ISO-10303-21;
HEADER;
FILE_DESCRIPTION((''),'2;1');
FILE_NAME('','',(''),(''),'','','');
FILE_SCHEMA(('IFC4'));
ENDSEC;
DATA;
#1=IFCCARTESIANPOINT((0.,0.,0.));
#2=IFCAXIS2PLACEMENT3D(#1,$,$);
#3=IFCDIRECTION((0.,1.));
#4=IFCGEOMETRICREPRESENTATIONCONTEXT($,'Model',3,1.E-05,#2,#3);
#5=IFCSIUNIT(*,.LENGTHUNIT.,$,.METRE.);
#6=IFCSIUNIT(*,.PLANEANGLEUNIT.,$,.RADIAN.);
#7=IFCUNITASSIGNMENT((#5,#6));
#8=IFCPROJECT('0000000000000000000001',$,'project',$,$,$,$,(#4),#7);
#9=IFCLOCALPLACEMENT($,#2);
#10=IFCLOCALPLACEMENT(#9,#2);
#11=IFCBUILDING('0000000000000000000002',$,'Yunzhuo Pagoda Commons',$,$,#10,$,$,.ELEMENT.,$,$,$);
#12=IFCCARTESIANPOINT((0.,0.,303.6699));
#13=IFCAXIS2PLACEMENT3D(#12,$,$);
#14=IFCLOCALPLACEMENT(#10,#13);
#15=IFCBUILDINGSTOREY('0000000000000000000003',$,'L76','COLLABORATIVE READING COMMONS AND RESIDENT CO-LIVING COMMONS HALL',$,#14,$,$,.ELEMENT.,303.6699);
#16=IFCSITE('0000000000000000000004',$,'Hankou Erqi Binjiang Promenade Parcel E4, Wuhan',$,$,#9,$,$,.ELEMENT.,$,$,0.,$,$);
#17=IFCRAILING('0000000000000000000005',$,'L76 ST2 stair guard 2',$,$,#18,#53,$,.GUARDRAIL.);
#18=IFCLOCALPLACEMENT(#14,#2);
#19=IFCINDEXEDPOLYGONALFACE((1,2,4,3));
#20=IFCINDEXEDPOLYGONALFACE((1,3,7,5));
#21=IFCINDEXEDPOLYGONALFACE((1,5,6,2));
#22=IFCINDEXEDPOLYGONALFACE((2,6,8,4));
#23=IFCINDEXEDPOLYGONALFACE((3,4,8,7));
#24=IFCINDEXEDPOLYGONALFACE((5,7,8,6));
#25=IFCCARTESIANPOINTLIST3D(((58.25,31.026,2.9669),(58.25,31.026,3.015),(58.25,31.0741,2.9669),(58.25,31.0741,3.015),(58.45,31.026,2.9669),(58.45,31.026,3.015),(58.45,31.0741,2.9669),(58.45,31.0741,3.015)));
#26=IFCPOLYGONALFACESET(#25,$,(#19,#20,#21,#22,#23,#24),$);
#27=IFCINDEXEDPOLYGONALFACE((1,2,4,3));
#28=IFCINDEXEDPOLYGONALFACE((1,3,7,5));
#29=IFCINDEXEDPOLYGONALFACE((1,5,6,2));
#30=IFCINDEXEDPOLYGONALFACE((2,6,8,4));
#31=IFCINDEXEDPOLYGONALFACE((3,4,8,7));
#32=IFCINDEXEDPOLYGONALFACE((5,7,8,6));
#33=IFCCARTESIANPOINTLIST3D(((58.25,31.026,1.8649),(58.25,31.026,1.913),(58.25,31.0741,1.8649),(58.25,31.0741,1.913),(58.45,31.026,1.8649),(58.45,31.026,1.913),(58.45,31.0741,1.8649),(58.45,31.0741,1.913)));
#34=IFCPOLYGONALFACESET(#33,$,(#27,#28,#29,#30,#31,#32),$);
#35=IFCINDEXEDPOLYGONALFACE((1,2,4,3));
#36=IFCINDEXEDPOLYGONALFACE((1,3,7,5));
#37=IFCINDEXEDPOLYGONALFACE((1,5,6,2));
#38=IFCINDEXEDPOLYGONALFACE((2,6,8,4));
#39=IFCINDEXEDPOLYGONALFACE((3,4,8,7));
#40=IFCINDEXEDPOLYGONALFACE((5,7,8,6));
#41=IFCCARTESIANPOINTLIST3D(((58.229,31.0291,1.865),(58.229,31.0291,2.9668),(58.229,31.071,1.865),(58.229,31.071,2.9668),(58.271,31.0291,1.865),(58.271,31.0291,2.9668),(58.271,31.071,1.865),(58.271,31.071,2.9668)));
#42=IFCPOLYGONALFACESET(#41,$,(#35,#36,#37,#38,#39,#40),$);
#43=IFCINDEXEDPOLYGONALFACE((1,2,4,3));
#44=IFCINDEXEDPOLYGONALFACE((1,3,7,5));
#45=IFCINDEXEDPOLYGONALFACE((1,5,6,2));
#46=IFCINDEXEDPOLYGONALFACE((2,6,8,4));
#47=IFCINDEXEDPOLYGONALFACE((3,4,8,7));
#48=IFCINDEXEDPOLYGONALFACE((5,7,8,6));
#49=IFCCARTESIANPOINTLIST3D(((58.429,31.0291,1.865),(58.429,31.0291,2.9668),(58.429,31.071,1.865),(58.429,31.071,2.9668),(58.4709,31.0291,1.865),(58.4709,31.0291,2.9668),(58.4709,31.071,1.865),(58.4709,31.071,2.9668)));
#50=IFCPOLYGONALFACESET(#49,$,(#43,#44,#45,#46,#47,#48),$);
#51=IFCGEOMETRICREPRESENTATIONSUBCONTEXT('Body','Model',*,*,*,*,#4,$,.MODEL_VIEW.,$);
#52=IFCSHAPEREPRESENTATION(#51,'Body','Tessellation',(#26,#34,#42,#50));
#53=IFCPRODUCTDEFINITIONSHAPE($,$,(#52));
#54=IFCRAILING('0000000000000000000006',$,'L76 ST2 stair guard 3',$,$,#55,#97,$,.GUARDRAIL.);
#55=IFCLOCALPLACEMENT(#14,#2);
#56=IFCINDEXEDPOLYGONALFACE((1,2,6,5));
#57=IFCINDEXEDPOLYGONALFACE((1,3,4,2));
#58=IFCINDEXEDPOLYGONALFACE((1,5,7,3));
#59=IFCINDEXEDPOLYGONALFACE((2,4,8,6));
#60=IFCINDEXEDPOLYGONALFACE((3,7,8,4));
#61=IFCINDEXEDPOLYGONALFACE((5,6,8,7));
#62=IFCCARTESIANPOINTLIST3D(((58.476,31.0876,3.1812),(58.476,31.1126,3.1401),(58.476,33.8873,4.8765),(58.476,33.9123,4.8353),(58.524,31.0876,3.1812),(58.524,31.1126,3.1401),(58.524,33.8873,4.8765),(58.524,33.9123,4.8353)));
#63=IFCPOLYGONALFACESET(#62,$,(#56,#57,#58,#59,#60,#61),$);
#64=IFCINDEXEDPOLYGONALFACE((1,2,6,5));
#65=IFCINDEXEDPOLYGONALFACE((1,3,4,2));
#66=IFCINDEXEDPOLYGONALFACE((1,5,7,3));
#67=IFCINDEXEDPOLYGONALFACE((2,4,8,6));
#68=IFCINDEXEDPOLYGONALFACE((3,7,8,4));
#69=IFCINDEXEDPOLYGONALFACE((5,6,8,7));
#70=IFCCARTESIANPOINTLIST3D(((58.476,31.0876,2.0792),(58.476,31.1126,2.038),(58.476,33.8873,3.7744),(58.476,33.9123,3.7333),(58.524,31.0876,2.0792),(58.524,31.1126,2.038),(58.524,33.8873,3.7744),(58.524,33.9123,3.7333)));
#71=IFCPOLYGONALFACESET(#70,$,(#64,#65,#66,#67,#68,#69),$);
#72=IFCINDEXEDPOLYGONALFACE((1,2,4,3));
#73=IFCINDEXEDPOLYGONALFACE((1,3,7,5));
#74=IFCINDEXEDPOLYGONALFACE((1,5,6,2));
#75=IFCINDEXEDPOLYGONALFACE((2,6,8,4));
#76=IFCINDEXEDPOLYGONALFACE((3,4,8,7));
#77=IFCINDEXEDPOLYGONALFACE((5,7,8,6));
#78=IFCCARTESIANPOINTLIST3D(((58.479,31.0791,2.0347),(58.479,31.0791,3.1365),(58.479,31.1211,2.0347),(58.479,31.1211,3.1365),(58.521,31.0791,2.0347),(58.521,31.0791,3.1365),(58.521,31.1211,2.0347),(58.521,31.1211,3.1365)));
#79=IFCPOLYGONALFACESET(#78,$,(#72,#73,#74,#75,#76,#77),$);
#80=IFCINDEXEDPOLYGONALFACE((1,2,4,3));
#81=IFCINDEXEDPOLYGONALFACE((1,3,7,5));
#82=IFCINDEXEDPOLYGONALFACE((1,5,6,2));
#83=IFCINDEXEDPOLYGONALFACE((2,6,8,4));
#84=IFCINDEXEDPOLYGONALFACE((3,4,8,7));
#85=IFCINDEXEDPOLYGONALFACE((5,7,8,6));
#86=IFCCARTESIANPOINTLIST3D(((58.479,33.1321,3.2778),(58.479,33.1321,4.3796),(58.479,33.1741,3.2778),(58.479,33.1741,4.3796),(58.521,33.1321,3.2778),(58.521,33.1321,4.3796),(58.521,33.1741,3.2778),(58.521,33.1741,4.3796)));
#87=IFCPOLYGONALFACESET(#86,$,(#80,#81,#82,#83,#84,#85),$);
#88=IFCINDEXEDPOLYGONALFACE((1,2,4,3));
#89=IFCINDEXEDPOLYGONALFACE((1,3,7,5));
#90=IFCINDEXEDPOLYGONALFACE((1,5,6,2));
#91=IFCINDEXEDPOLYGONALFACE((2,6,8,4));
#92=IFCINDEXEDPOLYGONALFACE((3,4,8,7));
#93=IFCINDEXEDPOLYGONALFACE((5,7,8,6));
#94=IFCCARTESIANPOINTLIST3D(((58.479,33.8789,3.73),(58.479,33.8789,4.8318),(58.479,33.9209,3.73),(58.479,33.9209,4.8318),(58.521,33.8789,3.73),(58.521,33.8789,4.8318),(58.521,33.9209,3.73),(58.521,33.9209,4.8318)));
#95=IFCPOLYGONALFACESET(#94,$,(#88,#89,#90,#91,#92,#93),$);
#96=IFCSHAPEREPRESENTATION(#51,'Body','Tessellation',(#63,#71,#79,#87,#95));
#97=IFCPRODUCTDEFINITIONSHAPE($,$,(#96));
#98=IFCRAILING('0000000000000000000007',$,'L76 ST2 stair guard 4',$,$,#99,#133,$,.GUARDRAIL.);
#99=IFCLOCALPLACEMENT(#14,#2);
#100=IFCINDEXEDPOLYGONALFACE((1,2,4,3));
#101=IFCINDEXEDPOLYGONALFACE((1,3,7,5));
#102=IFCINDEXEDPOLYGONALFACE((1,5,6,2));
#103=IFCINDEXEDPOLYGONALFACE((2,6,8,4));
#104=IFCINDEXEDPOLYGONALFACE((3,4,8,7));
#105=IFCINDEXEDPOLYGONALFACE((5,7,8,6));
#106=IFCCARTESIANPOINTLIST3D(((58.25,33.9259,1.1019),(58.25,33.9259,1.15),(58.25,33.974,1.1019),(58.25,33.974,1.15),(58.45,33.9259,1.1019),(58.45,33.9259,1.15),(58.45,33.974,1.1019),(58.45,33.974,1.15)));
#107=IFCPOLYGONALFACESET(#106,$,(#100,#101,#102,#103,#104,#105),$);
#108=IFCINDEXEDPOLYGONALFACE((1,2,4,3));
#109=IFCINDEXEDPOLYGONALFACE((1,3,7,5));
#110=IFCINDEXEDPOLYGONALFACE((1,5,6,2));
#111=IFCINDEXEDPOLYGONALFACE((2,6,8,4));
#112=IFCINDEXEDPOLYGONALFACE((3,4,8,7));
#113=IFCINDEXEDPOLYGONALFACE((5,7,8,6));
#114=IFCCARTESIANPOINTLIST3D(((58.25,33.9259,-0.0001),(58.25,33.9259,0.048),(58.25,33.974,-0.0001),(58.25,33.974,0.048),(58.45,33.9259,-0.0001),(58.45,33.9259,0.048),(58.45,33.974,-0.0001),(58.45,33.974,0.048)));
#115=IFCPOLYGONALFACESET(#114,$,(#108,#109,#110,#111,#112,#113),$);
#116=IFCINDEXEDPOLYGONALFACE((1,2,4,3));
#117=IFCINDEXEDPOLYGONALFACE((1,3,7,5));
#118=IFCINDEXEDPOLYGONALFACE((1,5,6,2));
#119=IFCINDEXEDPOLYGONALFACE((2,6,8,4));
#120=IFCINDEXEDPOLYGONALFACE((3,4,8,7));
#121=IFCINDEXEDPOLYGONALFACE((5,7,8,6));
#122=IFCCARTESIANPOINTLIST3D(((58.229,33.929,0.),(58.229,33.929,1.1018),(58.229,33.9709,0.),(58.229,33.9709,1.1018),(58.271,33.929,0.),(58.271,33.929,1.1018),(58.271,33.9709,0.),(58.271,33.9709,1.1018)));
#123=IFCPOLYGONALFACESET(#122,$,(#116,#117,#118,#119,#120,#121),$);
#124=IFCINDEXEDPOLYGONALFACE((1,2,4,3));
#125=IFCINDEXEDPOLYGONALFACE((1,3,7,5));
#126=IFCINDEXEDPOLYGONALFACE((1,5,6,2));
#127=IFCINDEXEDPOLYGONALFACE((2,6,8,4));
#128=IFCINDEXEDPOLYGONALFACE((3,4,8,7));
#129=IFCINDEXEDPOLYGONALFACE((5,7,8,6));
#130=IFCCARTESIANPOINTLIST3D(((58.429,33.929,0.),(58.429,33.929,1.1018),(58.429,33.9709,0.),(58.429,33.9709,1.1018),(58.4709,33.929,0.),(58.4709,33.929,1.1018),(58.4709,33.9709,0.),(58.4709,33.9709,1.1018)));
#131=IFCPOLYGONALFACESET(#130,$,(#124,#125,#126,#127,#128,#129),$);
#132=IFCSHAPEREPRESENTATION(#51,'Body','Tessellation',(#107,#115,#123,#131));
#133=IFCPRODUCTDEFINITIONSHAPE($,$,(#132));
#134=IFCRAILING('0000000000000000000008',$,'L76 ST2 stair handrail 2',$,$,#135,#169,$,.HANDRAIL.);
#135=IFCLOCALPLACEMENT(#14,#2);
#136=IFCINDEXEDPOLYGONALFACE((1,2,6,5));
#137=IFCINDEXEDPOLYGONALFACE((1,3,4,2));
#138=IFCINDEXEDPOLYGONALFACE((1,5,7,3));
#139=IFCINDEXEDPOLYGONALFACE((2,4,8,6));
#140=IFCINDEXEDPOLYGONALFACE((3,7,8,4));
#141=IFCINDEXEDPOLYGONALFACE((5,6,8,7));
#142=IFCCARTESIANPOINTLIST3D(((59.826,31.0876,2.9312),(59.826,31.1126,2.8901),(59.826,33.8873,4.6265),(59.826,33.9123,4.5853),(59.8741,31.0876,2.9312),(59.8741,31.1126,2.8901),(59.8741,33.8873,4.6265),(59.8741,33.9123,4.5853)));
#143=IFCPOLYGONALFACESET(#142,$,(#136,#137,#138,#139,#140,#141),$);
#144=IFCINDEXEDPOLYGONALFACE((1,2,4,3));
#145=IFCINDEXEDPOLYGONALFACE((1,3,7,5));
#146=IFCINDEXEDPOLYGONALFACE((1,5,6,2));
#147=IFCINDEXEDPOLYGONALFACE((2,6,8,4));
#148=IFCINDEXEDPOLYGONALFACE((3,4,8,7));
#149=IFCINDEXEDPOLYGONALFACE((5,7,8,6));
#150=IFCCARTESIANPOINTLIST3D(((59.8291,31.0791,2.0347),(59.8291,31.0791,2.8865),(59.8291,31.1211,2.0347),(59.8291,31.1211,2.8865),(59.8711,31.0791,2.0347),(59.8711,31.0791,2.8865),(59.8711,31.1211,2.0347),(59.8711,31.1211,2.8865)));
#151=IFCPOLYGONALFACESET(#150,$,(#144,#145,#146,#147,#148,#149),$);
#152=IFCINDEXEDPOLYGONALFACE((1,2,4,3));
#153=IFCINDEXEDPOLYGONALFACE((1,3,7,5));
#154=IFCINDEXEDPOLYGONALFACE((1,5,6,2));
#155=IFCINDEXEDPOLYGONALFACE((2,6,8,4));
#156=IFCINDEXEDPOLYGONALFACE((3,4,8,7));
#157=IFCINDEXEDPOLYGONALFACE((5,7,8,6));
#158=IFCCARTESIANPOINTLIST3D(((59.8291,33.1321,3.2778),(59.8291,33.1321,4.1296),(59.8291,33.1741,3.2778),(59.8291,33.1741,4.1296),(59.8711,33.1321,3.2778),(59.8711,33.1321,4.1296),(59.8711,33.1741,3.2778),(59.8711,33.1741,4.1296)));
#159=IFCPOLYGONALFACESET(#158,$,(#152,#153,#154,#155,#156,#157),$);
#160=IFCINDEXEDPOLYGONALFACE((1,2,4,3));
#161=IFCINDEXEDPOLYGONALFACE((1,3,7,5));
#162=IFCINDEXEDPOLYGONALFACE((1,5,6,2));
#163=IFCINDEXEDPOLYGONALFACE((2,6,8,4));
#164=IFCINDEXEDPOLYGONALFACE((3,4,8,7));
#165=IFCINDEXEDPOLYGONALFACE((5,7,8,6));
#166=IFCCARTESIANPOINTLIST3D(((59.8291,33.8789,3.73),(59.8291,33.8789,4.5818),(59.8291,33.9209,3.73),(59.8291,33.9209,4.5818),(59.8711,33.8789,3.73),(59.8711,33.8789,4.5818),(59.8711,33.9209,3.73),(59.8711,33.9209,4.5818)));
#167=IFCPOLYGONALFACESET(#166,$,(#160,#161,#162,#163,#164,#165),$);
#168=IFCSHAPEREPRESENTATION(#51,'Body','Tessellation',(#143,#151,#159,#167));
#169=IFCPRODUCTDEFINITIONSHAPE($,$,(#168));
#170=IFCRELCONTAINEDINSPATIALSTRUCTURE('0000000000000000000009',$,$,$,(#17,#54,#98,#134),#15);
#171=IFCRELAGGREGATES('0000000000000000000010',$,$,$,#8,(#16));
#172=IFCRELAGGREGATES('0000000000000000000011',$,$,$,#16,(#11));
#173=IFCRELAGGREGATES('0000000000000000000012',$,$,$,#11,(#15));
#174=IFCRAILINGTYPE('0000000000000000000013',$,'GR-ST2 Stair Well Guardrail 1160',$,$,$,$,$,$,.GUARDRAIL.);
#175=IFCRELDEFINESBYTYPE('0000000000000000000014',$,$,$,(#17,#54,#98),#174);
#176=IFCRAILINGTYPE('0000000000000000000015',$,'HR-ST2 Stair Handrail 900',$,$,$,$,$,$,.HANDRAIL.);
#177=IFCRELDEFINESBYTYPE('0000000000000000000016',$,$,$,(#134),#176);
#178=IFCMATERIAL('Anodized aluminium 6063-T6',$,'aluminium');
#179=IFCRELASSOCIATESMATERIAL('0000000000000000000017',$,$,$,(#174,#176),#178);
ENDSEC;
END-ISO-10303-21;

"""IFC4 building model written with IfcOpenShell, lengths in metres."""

from ifc_helpers import new_model, si_unit, direction, frame, origin, origin_2d, place, context, subcontext, project, spatial, rectangle, extrude, material, type_object, element, save


model = new_model("IFC4")

# Units and contexts
model_context = context("Model", 3, precision=1e-05, world=origin(), true_north=direction((0.0, 1.0)))
body_context = subcontext(model_context, "Body", "Model", "MODEL_VIEW")
ifc_project = project(units=[si_unit("LENGTHUNIT", "METRE"), si_unit("PLANEANGLEUNIT", "RADIAN")], contexts=[model_context])

# Site, building, storey
site_placement = place(None, origin())
site = spatial("IfcSite", under=ifc_project, at=site_placement, Name="Hankou Erqi Binjiang Promenade Parcel E4, Wuhan", CompositionType="ELEMENT", RefElevation=0.0)
building_placement = place(site_placement, origin())
building = spatial("IfcBuilding", under=site, at=building_placement, Name="Yunzhuo Pagoda Commons", CompositionType="ELEMENT")
storey_placement = place(building_placement, frame((0.0, 0.0, 303.6699)))
storey = spatial("IfcBuildingStorey", under=building, at=storey_placement, Name="L76", Description="COLLABORATIVE READING COMMONS AND RESIDENT CO-LIVING COMMONS HALL", CompositionType="ELEMENT", Elevation=303.6699)

# Shared definitions
ifc_material_1 = material(Name="Anodized aluminium 6063-T6", Category="aluminium")

# Railings
railing_type_1 = type_object("IfcRailingType", Name="GR-ST2 Stair Well Guardrail 1160", PredefinedType="GUARDRAIL", material=ifc_material_1)
railing_1_placement = place(storey_placement, frame((58.25, 31.05, 1.865)))
element("IfcRailing", 1, at=railing_1_placement, inside=storey, type_object=railing_type_1, Name="L76 ST2 stair guard 2", PredefinedType="GUARDRAIL", context=body_context, shape_type="SweptSolid", body=[
    extrude(rectangle(XDim=0.0481, YDim=0.0481, at=origin_2d()), frame((0.0, 0.0, 1.126), z_axis=(1.0, 0.0, 0.0), x_axis=(0.0, 1.0, 0.0)), (0.0, 0.0, 1.0), 0.2),
    extrude(rectangle(XDim=0.0481, YDim=0.0481, at=origin_2d()), frame((0.0, 0.0, 0.0239), z_axis=(1.0, 0.0, 0.0), x_axis=(0.0, 1.0, 0.0)), (0.0, 0.0, 1.0), 0.2),
    extrude(rectangle(XDim=0.042, YDim=0.042, at=origin_2d()), origin(), (0.0, 0.0, 1.0), 1.1018),
    extrude(rectangle(XDim=0.042, YDim=0.042, at=origin_2d()), frame((0.2, 0.0, 0.0)), (0.0, 0.0, 1.0), 1.1018),
])
railing_2_placement = place(storey_placement, frame((58.5, 31.1001, 2.0347)))
element("IfcRailing", 2, at=railing_2_placement, inside=storey, type_object=railing_type_1, Name="L76 ST2 stair guard 3", PredefinedType="GUARDRAIL", context=body_context, shape_type="SweptSolid", body=[
    extrude(rectangle(XDim=0.0481, YDim=0.0481, at=origin_2d()), frame((0.0, 0.0, 1.126), z_axis=(0.0, 0.855406, 0.517958), x_axis=(-1.0, 0.0, 0.0)), (0.0, 0.0, 1.0), 3.2729),
    extrude(rectangle(XDim=0.0481, YDim=0.0481, at=origin_2d()), frame((0.0, 0.0, 0.0239), z_axis=(0.0, 0.855406, 0.517958), x_axis=(-1.0, 0.0, 0.0)), (0.0, 0.0, 1.0), 3.2729),
    extrude(rectangle(XDim=0.042, YDim=0.042, at=origin_2d()), origin(), (0.0, 0.0, 1.0), 1.1018),
    extrude(rectangle(XDim=0.042, YDim=0.042, at=origin_2d()), frame((0.0, 2.053, 1.2432)), (0.0, 0.0, 1.0), 1.1018),
    extrude(rectangle(XDim=0.042, YDim=0.042, at=origin_2d()), frame((0.0, 2.7998, 1.6953)), (0.0, 0.0, 1.0), 1.1018),
])
railing_3_placement = place(storey_placement, frame((58.25, 33.95, 0.0)))
element("IfcRailing", 3, at=railing_3_placement, inside=storey, type_object=railing_type_1, Name="L76 ST2 stair guard 4", PredefinedType="GUARDRAIL", context=body_context, shape_type="SweptSolid", body=[
    extrude(rectangle(XDim=0.0481, YDim=0.0481, at=origin_2d()), frame((0.0, 0.0, 1.126), z_axis=(1.0, 0.0, 0.0), x_axis=(0.0, 1.0, 0.0)), (0.0, 0.0, 1.0), 0.2),
    extrude(rectangle(XDim=0.0481, YDim=0.0481, at=origin_2d()), frame((0.0, 0.0, 0.0239), z_axis=(1.0, 0.0, 0.0), x_axis=(0.0, 1.0, 0.0)), (0.0, 0.0, 1.0), 0.2),
    extrude(rectangle(XDim=0.042, YDim=0.042, at=origin_2d()), origin(), (0.0, 0.0, 1.0), 1.1018),
    extrude(rectangle(XDim=0.042, YDim=0.042, at=origin_2d()), frame((0.2, 0.0, 0.0)), (0.0, 0.0, 1.0), 1.1018),
])
railing_type_2 = type_object("IfcRailingType", Name="HR-ST2 Stair Handrail 900", PredefinedType="HANDRAIL", material=ifc_material_1)
railing_4_placement = place(storey_placement, frame((59.8501, 31.1001, 2.0347)))
element("IfcRailing", 4, at=railing_4_placement, inside=storey, type_object=railing_type_2, Name="L76 ST2 stair handrail 2", PredefinedType="HANDRAIL", context=body_context, shape_type="SweptSolid", body=[
    extrude(rectangle(XDim=0.0481, YDim=0.0481, at=origin_2d()), frame((0.0, 0.0, 0.876), z_axis=(0.0, 0.855406, 0.517958), x_axis=(-1.0, 0.0, 0.0)), (0.0, 0.0, 1.0), 3.2729),
    extrude(rectangle(XDim=0.042, YDim=0.042, at=origin_2d()), origin(), (0.0, 0.0, 1.0), 0.8518),
    extrude(rectangle(XDim=0.042, YDim=0.042, at=origin_2d()), frame((0.0, 2.053, 1.2432)), (0.0, 0.0, 1.0), 0.8518),
    extrude(rectangle(XDim=0.042, YDim=0.042, at=origin_2d()), frame((0.0, 2.7998, 1.6953)), (0.0, 0.0, 1.0), 0.8518),
])

save(model, "model.ifc")
